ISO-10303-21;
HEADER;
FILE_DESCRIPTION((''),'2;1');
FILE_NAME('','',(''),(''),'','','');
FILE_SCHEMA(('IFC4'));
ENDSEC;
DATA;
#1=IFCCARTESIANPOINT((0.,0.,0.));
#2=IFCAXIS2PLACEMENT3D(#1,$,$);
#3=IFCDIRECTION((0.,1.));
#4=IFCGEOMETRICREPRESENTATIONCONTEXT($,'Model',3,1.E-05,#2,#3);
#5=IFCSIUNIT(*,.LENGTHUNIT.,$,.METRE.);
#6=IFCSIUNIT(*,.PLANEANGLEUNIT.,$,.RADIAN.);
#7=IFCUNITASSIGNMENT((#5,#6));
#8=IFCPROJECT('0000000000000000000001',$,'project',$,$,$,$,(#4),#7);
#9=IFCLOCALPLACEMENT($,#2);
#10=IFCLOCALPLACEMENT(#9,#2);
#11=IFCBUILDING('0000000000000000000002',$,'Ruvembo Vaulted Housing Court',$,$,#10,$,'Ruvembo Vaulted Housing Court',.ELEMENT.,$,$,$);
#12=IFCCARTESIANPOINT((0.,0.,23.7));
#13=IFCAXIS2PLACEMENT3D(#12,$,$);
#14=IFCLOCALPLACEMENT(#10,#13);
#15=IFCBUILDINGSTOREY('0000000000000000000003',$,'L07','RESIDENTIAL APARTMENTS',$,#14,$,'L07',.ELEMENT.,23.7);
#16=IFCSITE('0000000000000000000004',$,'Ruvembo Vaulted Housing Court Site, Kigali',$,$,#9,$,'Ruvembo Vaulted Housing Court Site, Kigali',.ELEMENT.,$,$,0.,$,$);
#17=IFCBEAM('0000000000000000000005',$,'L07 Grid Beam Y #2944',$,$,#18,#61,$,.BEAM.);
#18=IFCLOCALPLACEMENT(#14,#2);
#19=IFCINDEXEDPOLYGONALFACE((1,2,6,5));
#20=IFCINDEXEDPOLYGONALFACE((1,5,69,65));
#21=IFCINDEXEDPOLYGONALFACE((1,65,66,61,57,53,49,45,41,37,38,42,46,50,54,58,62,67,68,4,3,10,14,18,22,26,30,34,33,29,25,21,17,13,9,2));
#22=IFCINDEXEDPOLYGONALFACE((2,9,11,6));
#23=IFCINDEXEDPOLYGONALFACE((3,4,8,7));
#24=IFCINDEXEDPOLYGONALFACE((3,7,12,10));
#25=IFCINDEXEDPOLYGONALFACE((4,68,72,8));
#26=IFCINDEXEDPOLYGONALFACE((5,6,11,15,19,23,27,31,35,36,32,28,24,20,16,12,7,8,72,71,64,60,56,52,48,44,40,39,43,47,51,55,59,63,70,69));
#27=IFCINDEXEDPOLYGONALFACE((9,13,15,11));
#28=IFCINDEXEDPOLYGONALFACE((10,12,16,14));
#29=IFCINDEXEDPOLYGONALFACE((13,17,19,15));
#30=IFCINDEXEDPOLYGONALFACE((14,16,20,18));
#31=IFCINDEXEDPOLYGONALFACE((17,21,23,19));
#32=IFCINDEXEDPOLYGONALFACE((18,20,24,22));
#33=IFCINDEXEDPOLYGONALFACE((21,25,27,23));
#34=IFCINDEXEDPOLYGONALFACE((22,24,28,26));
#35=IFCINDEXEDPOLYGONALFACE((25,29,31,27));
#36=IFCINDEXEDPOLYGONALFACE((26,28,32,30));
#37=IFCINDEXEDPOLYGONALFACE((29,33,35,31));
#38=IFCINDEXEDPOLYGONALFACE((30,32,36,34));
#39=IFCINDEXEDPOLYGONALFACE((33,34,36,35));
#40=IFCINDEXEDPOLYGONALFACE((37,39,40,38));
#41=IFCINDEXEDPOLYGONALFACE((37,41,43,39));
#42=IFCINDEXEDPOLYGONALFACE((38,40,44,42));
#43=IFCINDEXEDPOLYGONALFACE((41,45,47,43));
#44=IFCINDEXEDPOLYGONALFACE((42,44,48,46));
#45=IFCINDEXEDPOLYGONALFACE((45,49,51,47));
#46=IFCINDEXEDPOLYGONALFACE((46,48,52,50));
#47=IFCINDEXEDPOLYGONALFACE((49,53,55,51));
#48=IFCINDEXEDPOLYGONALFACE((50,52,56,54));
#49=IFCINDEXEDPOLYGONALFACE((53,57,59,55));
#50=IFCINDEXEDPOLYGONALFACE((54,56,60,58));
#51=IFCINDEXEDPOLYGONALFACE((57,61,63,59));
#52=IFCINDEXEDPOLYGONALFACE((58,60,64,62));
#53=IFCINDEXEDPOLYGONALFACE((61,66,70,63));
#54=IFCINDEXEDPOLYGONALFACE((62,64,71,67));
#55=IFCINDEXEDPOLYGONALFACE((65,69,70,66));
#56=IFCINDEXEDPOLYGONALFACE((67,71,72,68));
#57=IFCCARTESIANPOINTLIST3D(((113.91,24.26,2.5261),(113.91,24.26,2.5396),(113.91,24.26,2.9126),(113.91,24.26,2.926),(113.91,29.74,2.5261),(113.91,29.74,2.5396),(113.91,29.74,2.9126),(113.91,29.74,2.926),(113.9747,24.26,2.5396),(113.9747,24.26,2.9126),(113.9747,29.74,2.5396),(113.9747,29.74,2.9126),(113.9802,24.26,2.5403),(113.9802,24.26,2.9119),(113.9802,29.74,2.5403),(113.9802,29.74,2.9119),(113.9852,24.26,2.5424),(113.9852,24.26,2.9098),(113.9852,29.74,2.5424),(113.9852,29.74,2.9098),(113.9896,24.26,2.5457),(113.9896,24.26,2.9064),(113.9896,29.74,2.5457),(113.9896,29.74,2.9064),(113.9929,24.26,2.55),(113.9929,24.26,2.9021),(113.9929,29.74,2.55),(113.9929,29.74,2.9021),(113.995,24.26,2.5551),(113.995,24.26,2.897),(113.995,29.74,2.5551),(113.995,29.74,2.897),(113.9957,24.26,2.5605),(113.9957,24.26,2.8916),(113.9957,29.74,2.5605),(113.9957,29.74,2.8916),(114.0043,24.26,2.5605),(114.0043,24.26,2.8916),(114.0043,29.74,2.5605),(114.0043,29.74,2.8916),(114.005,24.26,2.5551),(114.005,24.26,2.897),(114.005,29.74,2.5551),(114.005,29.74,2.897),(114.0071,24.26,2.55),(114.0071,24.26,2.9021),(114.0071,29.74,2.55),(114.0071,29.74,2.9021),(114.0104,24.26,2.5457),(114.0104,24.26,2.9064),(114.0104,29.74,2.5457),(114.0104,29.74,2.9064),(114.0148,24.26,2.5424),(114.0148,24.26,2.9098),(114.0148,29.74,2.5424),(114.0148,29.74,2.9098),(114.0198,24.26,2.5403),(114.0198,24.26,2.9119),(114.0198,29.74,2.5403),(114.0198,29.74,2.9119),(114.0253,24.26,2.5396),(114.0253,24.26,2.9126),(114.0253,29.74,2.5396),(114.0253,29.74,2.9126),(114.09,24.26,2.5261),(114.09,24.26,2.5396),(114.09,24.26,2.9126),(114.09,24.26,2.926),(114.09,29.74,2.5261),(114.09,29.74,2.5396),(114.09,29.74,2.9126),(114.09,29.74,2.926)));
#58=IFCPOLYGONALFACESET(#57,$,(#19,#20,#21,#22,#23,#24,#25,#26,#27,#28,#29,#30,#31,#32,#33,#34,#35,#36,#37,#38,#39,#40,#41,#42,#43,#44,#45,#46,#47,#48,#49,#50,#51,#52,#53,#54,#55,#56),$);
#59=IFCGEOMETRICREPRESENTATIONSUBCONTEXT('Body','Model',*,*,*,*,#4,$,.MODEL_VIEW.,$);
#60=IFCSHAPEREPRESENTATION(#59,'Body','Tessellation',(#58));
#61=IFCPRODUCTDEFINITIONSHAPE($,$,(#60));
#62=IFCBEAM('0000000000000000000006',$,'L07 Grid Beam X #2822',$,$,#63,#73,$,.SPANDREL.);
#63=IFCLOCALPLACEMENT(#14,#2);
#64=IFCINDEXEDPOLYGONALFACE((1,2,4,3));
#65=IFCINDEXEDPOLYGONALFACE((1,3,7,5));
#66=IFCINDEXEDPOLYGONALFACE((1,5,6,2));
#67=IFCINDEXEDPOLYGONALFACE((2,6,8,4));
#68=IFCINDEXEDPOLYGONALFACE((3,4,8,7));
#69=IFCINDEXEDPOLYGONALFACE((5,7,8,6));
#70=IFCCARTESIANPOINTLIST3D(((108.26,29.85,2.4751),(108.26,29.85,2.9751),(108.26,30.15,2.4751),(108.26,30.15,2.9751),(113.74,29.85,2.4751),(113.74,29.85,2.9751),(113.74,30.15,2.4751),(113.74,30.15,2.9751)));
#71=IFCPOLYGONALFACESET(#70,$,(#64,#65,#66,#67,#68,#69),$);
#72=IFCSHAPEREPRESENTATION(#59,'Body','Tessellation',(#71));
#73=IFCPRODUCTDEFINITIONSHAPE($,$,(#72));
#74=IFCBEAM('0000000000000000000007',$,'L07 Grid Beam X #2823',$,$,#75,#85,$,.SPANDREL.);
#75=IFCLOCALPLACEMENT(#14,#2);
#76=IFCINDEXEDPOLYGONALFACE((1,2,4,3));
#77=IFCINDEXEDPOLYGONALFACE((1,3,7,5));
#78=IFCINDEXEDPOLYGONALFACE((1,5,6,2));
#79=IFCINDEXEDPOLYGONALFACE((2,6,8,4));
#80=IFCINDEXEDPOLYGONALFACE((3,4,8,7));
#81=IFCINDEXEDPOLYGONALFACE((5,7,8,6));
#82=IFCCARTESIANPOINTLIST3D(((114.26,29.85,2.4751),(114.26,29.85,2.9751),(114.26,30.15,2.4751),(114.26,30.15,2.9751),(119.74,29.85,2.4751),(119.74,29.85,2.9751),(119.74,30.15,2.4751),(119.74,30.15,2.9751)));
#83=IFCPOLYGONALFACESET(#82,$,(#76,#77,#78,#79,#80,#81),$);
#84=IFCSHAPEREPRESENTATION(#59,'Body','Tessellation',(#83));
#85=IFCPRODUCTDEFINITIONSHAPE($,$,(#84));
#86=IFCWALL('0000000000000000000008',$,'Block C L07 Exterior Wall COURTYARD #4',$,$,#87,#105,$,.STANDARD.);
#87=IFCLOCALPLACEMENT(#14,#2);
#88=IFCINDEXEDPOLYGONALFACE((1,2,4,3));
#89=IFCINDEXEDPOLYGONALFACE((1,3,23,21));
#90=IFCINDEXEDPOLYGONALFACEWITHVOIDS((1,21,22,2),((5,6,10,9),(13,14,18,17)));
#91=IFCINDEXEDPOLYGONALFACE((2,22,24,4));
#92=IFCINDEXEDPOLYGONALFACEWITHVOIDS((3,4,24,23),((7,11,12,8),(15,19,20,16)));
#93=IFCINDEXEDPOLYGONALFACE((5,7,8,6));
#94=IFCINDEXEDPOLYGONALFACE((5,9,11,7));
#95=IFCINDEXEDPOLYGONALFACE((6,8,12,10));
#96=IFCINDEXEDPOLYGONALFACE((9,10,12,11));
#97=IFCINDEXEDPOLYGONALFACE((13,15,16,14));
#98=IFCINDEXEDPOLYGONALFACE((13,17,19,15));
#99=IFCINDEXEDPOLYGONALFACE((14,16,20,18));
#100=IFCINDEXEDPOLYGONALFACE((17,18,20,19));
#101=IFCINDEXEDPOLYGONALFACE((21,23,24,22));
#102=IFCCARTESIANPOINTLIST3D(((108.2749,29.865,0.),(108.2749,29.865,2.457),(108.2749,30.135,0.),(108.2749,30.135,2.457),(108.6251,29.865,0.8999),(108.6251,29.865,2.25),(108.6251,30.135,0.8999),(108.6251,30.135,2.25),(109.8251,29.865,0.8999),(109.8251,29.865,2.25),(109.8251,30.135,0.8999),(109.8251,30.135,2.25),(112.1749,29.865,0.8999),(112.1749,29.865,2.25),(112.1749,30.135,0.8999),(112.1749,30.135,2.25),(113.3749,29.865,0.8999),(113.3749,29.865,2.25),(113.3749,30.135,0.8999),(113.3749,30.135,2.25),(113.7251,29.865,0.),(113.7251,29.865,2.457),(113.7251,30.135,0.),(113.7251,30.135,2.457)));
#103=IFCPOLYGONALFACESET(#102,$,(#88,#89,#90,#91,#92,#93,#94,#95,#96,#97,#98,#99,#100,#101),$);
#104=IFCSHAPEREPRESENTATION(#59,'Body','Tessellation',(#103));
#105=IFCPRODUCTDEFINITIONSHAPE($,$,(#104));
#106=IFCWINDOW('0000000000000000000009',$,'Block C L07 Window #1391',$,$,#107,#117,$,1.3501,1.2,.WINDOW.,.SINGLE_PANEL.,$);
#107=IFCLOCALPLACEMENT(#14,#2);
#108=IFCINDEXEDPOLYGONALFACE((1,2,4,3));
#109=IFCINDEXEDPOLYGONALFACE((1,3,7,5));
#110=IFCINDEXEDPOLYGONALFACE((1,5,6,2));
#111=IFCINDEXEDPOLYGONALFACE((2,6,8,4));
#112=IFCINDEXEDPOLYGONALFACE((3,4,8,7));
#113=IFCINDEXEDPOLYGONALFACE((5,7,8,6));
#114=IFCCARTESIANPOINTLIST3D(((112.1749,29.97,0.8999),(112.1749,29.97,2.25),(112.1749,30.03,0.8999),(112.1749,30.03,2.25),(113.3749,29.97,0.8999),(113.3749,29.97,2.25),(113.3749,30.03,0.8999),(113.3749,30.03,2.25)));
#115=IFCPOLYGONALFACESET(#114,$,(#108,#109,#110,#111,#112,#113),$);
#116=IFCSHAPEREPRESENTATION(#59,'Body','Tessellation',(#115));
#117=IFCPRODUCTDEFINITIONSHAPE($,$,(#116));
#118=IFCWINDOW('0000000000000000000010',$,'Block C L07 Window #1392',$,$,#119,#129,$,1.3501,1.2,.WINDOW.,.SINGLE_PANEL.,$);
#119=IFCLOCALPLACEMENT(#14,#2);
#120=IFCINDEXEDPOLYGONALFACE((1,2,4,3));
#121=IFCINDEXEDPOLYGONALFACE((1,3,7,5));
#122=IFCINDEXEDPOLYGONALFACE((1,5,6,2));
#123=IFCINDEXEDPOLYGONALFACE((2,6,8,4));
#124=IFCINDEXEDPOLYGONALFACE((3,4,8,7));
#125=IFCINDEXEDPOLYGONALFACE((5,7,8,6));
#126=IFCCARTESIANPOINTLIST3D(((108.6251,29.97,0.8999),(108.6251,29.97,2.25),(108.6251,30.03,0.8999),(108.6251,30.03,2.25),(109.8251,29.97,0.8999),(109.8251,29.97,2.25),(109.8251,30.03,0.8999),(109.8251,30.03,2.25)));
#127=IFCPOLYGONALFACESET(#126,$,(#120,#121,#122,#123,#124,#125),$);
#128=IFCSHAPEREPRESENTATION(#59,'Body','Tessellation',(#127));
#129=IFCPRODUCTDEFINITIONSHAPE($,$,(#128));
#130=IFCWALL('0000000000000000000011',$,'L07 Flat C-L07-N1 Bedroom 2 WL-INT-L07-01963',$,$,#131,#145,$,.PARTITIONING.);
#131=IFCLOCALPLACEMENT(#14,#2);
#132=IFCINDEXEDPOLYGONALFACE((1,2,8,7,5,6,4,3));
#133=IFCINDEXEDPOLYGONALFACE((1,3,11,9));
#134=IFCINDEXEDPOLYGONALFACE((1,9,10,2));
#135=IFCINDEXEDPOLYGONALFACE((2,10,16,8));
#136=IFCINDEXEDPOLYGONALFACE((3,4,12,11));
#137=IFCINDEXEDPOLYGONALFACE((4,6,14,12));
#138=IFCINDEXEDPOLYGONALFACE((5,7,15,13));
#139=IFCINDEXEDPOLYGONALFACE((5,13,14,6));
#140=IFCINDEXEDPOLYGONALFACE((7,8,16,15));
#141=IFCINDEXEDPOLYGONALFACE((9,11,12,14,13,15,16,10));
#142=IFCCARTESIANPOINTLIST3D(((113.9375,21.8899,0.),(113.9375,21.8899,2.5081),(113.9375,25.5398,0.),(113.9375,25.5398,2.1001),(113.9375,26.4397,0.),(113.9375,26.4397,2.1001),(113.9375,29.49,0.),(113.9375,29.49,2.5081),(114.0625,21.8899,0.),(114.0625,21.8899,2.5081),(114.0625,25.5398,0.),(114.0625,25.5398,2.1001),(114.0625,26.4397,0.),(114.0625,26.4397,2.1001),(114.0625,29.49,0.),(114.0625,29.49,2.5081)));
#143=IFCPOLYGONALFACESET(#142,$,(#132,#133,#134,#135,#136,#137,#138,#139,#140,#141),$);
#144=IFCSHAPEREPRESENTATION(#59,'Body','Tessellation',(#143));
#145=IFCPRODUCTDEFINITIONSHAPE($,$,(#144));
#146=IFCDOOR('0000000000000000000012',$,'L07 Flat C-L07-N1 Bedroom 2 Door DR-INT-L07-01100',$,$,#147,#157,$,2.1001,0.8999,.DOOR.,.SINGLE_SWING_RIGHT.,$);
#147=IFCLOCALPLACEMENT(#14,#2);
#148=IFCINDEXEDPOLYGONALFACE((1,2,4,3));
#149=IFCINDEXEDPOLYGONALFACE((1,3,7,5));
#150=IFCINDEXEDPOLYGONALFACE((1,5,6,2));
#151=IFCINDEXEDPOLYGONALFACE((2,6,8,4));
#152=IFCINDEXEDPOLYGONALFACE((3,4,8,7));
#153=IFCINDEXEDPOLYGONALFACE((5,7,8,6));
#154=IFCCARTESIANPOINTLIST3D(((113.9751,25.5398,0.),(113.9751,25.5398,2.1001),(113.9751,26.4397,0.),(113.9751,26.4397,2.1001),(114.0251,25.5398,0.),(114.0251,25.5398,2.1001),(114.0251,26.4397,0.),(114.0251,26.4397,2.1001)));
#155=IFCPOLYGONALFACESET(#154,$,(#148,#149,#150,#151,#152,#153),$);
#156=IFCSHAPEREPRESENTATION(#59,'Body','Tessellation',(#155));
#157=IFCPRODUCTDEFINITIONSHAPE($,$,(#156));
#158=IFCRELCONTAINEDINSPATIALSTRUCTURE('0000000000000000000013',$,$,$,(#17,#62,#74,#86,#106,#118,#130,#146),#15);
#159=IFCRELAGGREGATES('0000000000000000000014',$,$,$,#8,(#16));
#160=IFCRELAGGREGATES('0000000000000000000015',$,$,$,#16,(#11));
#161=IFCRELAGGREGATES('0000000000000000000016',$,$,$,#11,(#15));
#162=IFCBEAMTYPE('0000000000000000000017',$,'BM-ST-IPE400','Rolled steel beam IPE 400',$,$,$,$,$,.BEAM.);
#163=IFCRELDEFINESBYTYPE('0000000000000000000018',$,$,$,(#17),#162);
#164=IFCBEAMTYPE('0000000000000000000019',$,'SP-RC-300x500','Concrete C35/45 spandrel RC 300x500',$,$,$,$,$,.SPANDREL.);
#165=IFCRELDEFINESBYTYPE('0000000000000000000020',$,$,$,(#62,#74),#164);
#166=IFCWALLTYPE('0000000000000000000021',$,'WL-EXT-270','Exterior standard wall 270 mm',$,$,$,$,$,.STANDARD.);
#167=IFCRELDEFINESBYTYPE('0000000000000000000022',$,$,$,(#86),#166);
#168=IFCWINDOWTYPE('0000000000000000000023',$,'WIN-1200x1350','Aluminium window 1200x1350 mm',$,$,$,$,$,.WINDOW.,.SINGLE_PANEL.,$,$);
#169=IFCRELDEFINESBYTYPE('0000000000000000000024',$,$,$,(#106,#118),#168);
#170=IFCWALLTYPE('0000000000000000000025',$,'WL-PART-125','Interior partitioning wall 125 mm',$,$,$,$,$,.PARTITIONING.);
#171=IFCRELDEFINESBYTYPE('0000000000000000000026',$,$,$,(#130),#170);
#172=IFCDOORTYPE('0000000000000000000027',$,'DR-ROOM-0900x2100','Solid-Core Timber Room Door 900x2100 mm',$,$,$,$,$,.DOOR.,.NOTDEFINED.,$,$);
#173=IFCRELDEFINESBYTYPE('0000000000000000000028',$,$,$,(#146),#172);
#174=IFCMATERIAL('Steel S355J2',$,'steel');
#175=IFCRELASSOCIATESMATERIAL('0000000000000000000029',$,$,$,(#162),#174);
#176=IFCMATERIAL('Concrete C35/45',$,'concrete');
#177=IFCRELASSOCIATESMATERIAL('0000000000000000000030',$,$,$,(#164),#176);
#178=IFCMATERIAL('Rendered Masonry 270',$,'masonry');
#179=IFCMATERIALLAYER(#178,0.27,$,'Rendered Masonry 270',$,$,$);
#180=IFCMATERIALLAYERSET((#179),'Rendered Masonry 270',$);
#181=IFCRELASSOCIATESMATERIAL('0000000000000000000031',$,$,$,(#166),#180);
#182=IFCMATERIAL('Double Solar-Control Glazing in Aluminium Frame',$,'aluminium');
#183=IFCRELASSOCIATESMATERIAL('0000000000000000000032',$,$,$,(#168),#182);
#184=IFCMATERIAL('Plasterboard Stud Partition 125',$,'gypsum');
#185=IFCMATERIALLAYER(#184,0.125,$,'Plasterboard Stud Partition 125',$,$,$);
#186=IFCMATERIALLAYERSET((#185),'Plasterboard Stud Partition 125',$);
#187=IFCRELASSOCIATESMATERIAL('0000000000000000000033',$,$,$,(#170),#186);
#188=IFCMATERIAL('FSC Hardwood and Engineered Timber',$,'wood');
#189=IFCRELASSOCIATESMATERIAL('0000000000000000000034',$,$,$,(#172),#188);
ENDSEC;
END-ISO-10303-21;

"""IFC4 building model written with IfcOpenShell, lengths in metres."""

from ifc_helpers import new_model, si_unit, direction, frame, frame_2d, origin, origin_2d, place, context, subcontext, project, spatial, rectangle, i_section, extrude, material, layer, layer_set, material_profile, profile_set, type_object, element, fill, save


model = new_model("IFC4")

# Units and contexts
model_context = context("Model", 3, precision=1e-05, world=origin(), true_north=direction((0.0, 1.0)))
body_context = subcontext(model_context, "Body", "Model", "MODEL_VIEW")
ifc_project = project(units=[si_unit("LENGTHUNIT", "METRE"), si_unit("PLANEANGLEUNIT", "RADIAN")], contexts=[model_context])

# Site, building, storey
site_placement = place(None, origin())
site = spatial("IfcSite", under=ifc_project, at=site_placement, Name="Ruvembo Vaulted Housing Court Site, Kigali", LongName="Ruvembo Vaulted Housing Court Site, Kigali", CompositionType="ELEMENT", RefElevation=0.0)
building_placement = place(site_placement, origin())
building = spatial("IfcBuilding", under=site, at=building_placement, Name="Ruvembo Vaulted Housing Court", LongName="Ruvembo Vaulted Housing Court", CompositionType="ELEMENT")
storey_placement = place(building_placement, frame((0.0, 0.0, 23.7)))
storey = spatial("IfcBuildingStorey", under=building, at=storey_placement, Name="L07", Description="RESIDENTIAL APARTMENTS", LongName="L07", CompositionType="ELEMENT", Elevation=23.7)

# Shared definitions
ifc_material_1 = material(Name="Concrete C35/45", Category="concrete")

# Beams
ifc_material_2 = material(Name="Steel S355J2", Category="steel")
ifc_material_profile_1 = material_profile(ifc_material_2, i_section(OverallWidth=0.1799, OverallDepth=0.3999, WebThickness=0.0085, FlangeThickness=0.0134, FilletRadius=0.021, at=origin_2d()), Name="IPE 400")
ifc_profile_set_1 = profile_set([ifc_material_profile_1], Name="Steel S355J2")
beam_type_1 = type_object("IfcBeamType", Name="BM-ST-IPE400", Description="Rolled steel beam IPE 400", PredefinedType="BEAM", material=ifc_profile_set_1)
for number, where, z_axis, x_axis, name in (
    (1, (114.0, 24.26, 2.7261), (0.0, 1.0, 0.0), (-1.0, 0.0, 0.0), "L07 Grid Beam Y #2944"),
):
    element("IfcBeam", number, at=place(storey_placement, frame(where, z_axis=z_axis, x_axis=x_axis)), inside=storey, type_object=beam_type_1, Name=name, PredefinedType="BEAM", context=body_context, shape_type="SweptSolid", body=[
        extrude(i_section(OverallWidth=0.1799, OverallDepth=0.3999, WebThickness=0.0085, FlangeThickness=0.0134, FilletRadius=0.021, at=origin_2d()), origin(), (0.0, 0.0, 1.0), 5.48),
    ])
ifc_material_profile_2 = material_profile(ifc_material_1, rectangle(XDim=0.3, YDim=0.5, at=origin_2d()), Name="RC 300x500")
ifc_profile_set_2 = profile_set([ifc_material_profile_2], Name="Concrete C35/45")
beam_type_2 = type_object("IfcBeamType", Name="SP-RC-300x500", Description="Concrete C35/45 spandrel RC 300x500", PredefinedType="SPANDREL", material=ifc_profile_set_2)
for number, where, z_axis, x_axis, name in (
    (2, (108.26, 30.0, 2.7251), (1.0, 0.0, 0.0), (0.0, 1.0, 0.0), "L07 Grid Beam X #2822"),
    (3, (114.26, 30.0, 2.7251), (1.0, 0.0, 0.0), (0.0, 1.0, 0.0), "L07 Grid Beam X #2823"),
):
    element("IfcBeam", number, at=place(storey_placement, frame(where, z_axis=z_axis, x_axis=x_axis)), inside=storey, type_object=beam_type_2, Name=name, PredefinedType="SPANDREL", context=body_context, shape_type="SweptSolid", body=[
        extrude(rectangle(XDim=0.3, YDim=0.5, at=origin_2d()), origin(), (0.0, 0.0, 1.0), 5.48),
    ])

# Wall, openings, windows
ifc_material_3 = material(Name="Rendered Masonry 270", Category="masonry")
ifc_layer_1 = layer(ifc_material_3, 0.27, Name="Rendered Masonry 270")
ifc_layer_set_1 = layer_set([ifc_layer_1], Name="Rendered Masonry 270")
wall_type_1 = type_object("IfcWallType", Name="WL-EXT-270", Description="Exterior standard wall 270 mm", PredefinedType="STANDARD", material=ifc_layer_set_1)
wall_1_placement = place(storey_placement, frame((113.7251, 30.0, 0.0), z_axis=(0.0, 0.0, 1.0), x_axis=(-1.0, 0.0, 0.0)))
wall_1 = element("IfcWall", 4, at=wall_1_placement, inside=storey, type_object=wall_type_1, Name="Block C L07 Exterior Wall COURTYARD #4", PredefinedType="STANDARD", context=body_context, shape_type="SweptSolid", body=[
    extrude(rectangle(XDim=5.4502, YDim=0.27, at=frame_2d((2.7251, 0.0))), origin(), (0.0, 0.0, 1.0), 2.457),
])
opening_1_placement = place(wall_1_placement, frame((0.3501, 0.0, 0.8999)))
opening_1 = element("IfcOpeningElement", 5, at=opening_1_placement, cuts=wall_1, PredefinedType="OPENING", context=body_context, shape_type="SweptSolid", body=[
    extrude(rectangle(XDim=1.2, YDim=1.3501, at=frame_2d((0.6001, 0.675))), frame((0.0, 0.145, 0.0), z_axis=(0.0, -1.0, 0.0), x_axis=(1.0, 0.0, 0.0)), (0.0, 0.0, 1.0), 0.29),
])
opening_2_placement = place(wall_1_placement, frame((3.8999, 0.0, 0.8999)))
opening_2 = element("IfcOpeningElement", 6, at=opening_2_placement, cuts=wall_1, PredefinedType="OPENING", context=body_context, shape_type="SweptSolid", body=[
    extrude(rectangle(XDim=1.2, YDim=1.3501, at=frame_2d((0.6001, 0.675))), frame((0.0, 0.145, 0.0), z_axis=(0.0, -1.0, 0.0), x_axis=(1.0, 0.0, 0.0)), (0.0, 0.0, 1.0), 0.29),
])
ifc_material_4 = material(Name="Double Solar-Control Glazing in Aluminium Frame", Category="aluminium")
window_type = type_object("IfcWindowType", Name="WIN-1200x1350", Description="Aluminium window 1200x1350 mm", PartitioningType="SINGLE_PANEL", PredefinedType="WINDOW", material=ifc_material_4)
window_1_placement = place(opening_1_placement, origin())
window_1 = element("IfcWindow", 7, at=window_1_placement, inside=storey, type_object=window_type, Name="Block C L07 Window #1391", OverallHeight=1.3501, OverallWidth=1.2, PartitioningType="SINGLE_PANEL", PredefinedType="WINDOW", context=body_context, shape_type="SweptSolid", body=[
    extrude(rectangle(XDim=1.2, YDim=1.3501, at=frame_2d((0.6001, 0.675))), frame((0.0, 0.03, 0.0), z_axis=(0.0, -1.0, 0.0), x_axis=(1.0, 0.0, 0.0)), (0.0, 0.0, 1.0), 0.0601),
])
fill(opening_1, window_1)
window_2_placement = place(opening_2_placement, origin())
window_2 = element("IfcWindow", 8, at=window_2_placement, inside=storey, type_object=window_type, Name="Block C L07 Window #1392", OverallHeight=1.3501, OverallWidth=1.2, PartitioningType="SINGLE_PANEL", PredefinedType="WINDOW", context=body_context, shape_type="SweptSolid", body=[
    extrude(rectangle(XDim=1.2, YDim=1.3501, at=frame_2d((0.6001, 0.675))), frame((0.0, 0.03, 0.0), z_axis=(0.0, -1.0, 0.0), x_axis=(1.0, 0.0, 0.0)), (0.0, 0.0, 1.0), 0.0601),
])
fill(opening_2, window_2)

# Wall, opening, door
ifc_material_5 = material(Name="Plasterboard Stud Partition 125", Category="gypsum")
ifc_layer_2 = layer(ifc_material_5, 0.125, Name="Plasterboard Stud Partition 125")
ifc_layer_set_2 = layer_set([ifc_layer_2], Name="Plasterboard Stud Partition 125")
wall_type_2 = type_object("IfcWallType", Name="WL-PART-125", Description="Interior partitioning wall 125 mm", PredefinedType="PARTITIONING", material=ifc_layer_set_2)
wall_2_placement = place(storey_placement, frame((114.0, 21.8899, 0.0), z_axis=(0.0, 0.0, 1.0), x_axis=(0.0, 1.0, 0.0)))
wall_2 = element("IfcWall", 9, at=wall_2_placement, inside=storey, type_object=wall_type_2, Name="L07 Flat C-L07-N1 Bedroom 2 WL-INT-L07-01963", PredefinedType="PARTITIONING", context=body_context, shape_type="SweptSolid", body=[
    extrude(rectangle(XDim=7.6001, YDim=0.125, at=frame_2d((3.8, 0.0))), origin(), (0.0, 0.0, 1.0), 2.5081),
])
opening_3_placement = place(wall_2_placement, frame((3.6499, 0.0, 0.0)))
opening_3 = element("IfcOpeningElement", 10, at=opening_3_placement, cuts=wall_2, PredefinedType="OPENING", context=body_context, shape_type="SweptSolid", body=[
    extrude(rectangle(XDim=0.8999, YDim=2.1001, at=frame_2d((0.45, 1.05))), frame((0.0, 0.0725, 0.0), z_axis=(0.0, -1.0, 0.0), x_axis=(1.0, 0.0, 0.0)), (0.0, 0.0, 1.0), 0.145),
])
ifc_material_6 = material(Name="FSC Hardwood and Engineered Timber", Category="wood")
door_type = type_object("IfcDoorType", Name="DR-ROOM-0900x2100", Description="Solid-Core Timber Room Door 900x2100 mm", OperationType="NOTDEFINED", PredefinedType="DOOR", material=ifc_material_6)
door_placement = place(opening_3_placement, origin())
door = element("IfcDoor", 11, at=door_placement, inside=storey, type_object=door_type, Name="L07 Flat C-L07-N1 Bedroom 2 Door DR-INT-L07-01100", OperationType="SINGLE_SWING_RIGHT", OverallHeight=2.1001, OverallWidth=0.8999, PredefinedType="DOOR", context=body_context, shape_type="SweptSolid", body=[
    extrude(rectangle(XDim=0.8999, YDim=2.1001, at=frame_2d((0.45, 1.05))), frame((0.0, 0.0249, 0.0), z_axis=(0.0, -1.0, 0.0), x_axis=(1.0, 0.0, 0.0)), (0.0, 0.0, 1.0), 0.05),
])
fill(opening_3, door)

save(model, "model.ifc")
